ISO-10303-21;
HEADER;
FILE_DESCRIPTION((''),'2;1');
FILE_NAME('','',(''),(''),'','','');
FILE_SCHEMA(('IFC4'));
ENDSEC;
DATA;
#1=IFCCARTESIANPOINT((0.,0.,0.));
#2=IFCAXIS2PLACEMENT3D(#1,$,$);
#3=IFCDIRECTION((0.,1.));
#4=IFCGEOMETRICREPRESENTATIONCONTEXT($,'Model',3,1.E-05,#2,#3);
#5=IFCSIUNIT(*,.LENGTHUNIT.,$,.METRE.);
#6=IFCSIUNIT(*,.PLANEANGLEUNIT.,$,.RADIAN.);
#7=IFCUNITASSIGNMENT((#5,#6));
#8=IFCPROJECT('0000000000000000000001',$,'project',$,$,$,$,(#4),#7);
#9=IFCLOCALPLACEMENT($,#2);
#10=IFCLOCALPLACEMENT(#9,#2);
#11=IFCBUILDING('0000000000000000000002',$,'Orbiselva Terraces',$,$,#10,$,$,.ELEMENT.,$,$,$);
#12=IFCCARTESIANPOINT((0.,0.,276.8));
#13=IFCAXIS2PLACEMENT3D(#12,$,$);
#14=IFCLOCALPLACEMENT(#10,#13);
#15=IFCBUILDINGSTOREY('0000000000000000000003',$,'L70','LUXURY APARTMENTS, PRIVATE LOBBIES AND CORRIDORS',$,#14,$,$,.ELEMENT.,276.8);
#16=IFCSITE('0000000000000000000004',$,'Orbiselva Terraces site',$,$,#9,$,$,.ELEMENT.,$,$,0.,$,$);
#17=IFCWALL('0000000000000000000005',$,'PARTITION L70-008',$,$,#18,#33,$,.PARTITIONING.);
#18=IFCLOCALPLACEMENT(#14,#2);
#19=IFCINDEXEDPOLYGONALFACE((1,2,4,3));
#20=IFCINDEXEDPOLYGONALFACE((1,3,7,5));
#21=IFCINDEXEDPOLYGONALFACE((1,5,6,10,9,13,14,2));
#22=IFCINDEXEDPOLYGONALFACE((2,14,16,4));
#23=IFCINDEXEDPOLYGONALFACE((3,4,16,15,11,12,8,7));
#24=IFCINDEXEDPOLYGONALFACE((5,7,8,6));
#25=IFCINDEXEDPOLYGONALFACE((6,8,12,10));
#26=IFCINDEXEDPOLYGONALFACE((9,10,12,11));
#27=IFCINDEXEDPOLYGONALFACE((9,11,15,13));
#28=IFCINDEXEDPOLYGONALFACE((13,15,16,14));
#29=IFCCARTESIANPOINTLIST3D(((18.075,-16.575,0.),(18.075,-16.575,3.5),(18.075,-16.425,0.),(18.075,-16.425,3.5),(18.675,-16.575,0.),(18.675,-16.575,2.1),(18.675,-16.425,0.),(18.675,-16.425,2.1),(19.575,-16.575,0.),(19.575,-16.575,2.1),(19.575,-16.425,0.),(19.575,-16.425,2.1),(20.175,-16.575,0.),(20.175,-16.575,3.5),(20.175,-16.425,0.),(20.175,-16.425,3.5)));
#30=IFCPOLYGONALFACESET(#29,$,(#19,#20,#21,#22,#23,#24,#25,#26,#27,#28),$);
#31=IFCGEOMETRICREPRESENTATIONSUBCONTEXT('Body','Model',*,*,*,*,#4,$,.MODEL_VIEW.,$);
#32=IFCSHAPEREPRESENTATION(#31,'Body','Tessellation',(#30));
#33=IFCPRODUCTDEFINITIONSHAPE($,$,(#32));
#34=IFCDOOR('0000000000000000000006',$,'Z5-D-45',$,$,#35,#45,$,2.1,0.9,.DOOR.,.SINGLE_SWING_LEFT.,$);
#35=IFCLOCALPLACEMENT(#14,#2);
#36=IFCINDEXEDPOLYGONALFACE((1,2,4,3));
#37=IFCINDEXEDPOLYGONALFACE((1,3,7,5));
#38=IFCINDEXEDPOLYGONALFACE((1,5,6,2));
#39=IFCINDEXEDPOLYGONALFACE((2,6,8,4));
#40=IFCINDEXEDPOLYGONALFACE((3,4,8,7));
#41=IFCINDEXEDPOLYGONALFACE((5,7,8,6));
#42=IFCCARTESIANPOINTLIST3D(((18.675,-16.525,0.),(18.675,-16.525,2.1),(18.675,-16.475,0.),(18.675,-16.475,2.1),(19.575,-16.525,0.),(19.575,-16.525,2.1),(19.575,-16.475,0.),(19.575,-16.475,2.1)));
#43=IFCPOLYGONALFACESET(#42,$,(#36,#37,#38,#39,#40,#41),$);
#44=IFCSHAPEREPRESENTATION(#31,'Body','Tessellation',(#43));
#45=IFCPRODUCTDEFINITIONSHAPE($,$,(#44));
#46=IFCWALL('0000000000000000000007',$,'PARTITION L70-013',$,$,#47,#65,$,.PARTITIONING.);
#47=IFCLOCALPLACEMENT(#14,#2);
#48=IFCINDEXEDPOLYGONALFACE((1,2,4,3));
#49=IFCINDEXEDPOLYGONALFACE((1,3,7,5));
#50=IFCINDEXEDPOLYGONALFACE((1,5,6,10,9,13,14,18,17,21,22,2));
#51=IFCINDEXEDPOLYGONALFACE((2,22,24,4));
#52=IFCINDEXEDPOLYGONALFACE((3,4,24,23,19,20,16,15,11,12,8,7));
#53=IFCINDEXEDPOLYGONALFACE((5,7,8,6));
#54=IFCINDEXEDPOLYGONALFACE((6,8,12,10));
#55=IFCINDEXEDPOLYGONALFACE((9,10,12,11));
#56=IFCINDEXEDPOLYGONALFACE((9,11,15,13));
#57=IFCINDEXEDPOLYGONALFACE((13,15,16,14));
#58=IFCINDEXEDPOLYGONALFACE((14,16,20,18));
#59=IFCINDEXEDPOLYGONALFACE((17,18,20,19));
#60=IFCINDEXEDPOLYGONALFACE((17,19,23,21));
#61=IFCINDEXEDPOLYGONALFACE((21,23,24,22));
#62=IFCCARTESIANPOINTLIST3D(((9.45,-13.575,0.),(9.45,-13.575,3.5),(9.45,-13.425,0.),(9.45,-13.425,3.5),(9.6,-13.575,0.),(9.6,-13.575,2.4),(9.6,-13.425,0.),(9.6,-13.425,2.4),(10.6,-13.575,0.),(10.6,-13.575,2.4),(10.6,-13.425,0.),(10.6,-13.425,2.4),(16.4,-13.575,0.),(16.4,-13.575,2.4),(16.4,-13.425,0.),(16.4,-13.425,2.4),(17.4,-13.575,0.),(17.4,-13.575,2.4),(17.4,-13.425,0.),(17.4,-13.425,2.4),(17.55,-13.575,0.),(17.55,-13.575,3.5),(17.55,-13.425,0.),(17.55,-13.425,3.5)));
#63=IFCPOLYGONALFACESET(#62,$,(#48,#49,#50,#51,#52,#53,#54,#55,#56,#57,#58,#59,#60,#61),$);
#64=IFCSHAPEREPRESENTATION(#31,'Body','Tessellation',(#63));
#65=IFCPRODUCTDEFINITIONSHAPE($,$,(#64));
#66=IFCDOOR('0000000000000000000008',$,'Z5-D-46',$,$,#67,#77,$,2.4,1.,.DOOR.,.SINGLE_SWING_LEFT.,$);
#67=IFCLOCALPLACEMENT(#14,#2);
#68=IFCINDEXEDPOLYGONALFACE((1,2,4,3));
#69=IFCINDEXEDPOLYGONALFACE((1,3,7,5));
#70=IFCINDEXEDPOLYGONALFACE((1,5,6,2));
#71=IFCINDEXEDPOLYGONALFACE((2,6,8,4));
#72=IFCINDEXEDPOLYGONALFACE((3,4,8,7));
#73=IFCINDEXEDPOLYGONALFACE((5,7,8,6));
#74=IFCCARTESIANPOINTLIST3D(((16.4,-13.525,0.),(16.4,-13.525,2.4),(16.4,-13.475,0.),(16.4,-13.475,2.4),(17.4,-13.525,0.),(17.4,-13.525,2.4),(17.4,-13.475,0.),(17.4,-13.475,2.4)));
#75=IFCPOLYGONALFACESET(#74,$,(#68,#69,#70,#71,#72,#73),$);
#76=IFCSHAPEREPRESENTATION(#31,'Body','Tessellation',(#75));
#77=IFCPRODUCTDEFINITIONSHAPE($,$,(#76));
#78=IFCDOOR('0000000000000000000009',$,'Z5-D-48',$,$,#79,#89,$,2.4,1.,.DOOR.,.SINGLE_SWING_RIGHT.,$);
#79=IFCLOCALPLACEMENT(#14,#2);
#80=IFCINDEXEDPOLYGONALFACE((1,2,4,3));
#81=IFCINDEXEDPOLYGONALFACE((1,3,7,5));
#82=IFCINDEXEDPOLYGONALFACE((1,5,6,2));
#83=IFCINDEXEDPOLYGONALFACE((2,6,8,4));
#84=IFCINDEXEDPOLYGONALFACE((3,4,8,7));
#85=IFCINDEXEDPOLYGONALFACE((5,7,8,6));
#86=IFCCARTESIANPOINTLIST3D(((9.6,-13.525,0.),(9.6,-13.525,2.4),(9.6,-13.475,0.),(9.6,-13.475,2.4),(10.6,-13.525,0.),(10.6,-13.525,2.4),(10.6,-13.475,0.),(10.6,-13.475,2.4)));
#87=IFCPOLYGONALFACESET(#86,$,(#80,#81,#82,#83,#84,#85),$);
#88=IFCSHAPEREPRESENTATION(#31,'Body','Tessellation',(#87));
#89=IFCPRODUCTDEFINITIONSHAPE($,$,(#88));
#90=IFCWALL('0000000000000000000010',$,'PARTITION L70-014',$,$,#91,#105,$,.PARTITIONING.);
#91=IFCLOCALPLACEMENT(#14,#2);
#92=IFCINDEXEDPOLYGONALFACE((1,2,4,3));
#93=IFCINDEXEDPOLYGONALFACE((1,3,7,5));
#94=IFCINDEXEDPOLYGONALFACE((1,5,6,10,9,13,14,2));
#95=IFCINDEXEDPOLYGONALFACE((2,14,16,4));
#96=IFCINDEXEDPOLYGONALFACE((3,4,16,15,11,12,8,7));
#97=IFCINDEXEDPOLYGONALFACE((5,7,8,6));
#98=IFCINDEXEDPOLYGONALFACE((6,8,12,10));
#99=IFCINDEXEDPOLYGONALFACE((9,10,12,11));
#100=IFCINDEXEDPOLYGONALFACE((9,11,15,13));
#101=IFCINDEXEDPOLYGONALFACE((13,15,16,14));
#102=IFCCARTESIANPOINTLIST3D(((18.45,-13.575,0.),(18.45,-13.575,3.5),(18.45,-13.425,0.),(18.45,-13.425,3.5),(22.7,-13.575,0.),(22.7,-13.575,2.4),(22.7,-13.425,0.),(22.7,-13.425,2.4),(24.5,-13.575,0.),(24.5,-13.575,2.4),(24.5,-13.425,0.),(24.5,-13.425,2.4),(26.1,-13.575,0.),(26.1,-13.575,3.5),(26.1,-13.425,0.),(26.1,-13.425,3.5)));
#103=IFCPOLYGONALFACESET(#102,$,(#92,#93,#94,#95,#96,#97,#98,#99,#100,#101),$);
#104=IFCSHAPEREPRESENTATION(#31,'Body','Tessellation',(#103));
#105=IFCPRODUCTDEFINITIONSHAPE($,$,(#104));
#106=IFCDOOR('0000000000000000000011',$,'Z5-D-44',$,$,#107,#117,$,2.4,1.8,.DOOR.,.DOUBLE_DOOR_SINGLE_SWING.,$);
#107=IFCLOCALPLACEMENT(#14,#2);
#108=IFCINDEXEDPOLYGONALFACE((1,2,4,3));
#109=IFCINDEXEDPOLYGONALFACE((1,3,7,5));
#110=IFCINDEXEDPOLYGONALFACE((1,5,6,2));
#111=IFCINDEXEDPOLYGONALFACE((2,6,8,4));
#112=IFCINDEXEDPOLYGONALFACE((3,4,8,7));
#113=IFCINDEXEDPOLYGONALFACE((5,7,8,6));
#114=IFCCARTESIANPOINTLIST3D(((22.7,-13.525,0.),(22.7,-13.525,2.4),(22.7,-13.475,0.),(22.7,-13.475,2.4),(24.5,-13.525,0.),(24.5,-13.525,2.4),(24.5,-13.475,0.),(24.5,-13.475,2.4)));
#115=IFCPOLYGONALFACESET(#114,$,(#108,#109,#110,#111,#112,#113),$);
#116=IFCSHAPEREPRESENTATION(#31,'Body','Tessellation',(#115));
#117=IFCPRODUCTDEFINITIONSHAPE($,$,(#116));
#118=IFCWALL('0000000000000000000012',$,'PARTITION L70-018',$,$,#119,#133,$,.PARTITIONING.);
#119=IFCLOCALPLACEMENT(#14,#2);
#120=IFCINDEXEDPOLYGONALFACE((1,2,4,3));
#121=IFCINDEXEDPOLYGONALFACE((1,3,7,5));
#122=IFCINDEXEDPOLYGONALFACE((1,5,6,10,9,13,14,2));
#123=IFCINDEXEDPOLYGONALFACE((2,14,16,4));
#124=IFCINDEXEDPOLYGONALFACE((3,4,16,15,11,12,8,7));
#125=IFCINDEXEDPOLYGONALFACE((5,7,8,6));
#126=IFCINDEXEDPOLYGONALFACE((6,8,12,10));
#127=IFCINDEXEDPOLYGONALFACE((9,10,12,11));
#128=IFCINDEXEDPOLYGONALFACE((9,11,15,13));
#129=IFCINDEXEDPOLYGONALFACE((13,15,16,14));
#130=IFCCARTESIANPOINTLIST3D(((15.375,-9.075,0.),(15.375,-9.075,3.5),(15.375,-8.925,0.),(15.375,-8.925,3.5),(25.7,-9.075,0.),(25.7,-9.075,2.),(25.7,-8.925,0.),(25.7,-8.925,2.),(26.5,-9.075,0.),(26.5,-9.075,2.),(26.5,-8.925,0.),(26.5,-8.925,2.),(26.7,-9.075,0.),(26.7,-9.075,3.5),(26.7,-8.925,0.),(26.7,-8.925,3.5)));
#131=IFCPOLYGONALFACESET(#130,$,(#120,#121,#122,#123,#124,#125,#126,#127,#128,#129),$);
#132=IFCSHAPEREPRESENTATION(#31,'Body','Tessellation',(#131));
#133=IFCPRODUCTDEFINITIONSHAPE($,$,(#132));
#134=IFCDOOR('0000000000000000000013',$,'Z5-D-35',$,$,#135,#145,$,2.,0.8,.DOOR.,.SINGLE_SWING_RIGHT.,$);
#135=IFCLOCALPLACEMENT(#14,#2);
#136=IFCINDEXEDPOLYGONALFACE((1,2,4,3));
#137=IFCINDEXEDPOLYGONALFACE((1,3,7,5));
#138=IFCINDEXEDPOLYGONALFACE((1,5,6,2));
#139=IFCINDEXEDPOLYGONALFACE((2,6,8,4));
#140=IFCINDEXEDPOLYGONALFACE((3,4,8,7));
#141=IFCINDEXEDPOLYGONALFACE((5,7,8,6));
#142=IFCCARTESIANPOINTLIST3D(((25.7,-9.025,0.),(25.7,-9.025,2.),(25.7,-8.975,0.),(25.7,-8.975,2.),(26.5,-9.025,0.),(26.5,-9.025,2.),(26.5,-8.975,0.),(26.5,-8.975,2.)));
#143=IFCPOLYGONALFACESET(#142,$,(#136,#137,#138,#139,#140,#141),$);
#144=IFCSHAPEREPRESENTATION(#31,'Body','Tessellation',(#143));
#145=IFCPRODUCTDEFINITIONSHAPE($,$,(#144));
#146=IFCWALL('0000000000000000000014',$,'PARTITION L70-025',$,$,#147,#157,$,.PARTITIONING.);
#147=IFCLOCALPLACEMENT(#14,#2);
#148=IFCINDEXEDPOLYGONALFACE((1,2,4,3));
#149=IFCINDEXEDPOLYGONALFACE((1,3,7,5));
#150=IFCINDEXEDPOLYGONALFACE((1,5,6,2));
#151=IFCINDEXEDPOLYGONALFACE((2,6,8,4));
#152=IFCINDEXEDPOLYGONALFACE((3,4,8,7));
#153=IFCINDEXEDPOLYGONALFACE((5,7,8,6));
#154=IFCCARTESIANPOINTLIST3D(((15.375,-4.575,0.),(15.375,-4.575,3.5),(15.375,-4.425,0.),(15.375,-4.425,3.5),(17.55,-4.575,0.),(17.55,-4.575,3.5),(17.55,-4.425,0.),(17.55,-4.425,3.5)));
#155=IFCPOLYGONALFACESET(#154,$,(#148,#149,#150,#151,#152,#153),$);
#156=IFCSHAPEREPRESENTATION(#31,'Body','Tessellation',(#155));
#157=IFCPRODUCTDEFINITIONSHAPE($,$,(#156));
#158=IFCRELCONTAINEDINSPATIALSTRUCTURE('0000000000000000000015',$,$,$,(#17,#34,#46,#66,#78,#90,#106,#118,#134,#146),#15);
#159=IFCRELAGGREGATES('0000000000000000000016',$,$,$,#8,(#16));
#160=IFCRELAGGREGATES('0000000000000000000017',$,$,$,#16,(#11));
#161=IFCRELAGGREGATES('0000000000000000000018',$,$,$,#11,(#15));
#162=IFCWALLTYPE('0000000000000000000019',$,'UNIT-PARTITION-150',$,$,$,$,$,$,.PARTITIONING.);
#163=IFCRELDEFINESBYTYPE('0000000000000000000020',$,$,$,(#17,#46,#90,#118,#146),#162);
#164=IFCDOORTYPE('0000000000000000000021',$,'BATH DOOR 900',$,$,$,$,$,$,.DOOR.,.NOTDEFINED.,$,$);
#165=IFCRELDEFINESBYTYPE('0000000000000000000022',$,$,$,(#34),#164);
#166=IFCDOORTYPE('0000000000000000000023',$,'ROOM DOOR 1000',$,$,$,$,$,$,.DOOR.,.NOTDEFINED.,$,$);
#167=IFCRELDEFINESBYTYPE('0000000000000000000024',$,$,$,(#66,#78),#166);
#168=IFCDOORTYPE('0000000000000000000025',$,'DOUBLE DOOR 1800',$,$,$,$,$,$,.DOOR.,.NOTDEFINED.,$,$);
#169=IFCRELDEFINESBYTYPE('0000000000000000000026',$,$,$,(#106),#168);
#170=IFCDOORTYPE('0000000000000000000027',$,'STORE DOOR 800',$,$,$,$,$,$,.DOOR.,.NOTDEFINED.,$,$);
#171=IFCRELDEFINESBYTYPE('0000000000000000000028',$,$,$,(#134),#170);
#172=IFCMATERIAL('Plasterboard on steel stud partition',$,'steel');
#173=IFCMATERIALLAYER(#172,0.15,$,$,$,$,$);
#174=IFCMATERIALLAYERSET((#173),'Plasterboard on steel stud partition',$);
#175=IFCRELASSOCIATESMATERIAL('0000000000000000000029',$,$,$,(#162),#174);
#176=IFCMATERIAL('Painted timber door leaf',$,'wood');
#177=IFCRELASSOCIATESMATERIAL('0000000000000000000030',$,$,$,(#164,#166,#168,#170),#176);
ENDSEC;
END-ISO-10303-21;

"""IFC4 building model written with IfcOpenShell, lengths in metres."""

from ifc_helpers import new_model, si_unit, direction, frame, frame_2d, origin, place, context, subcontext, project, spatial, rectangle, extrude, material, layer, layer_set, type_object, element, fill, save


model = new_model("IFC4")

# Units and contexts
model_context = context("Model", 3, precision=1e-05, world=origin(), true_north=direction((0.0, 1.0)))
body_context = subcontext(model_context, "Body", "Model", "MODEL_VIEW")
ifc_project = project(units=[si_unit("LENGTHUNIT", "METRE"), si_unit("PLANEANGLEUNIT", "RADIAN")], contexts=[model_context])

# Site, building, storey
site_placement = place(None, origin())
site = spatial("IfcSite", under=ifc_project, at=site_placement, Name="Orbiselva Terraces site", CompositionType="ELEMENT", RefElevation=0.0)
building_placement = place(site_placement, origin())
building = spatial("IfcBuilding", under=site, at=building_placement, Name="Orbiselva Terraces", CompositionType="ELEMENT")
storey_placement = place(building_placement, frame((0.0, 0.0, 276.8)))
storey = spatial("IfcBuildingStorey", under=building, at=storey_placement, Name="L70", Description="LUXURY APARTMENTS, PRIVATE LOBBIES AND CORRIDORS", CompositionType="ELEMENT", Elevation=276.8)

# Shared definitions
ifc_material_1 = material(Name="Plasterboard on steel stud partition", Category="steel")

# Wall, opening, door
ifc_layer_1 = layer(ifc_material_1, 0.15)
ifc_layer_set_1 = layer_set([ifc_layer_1], Name="Plasterboard on steel stud partition")
wall_type_1 = type_object("IfcWallType", Name="UNIT-PARTITION-150", PredefinedType="PARTITIONING", material=ifc_layer_set_1)
wall_1_placement = place(storey_placement, frame((18.075, -16.5, 0.0), z_axis=(0.0, 0.0, 1.0), x_axis=(1.0, 0.0, 0.0)))
wall_1 = element("IfcWall", 1, at=wall_1_placement, inside=storey, type_object=wall_type_1, Name="PARTITION L70-008", PredefinedType="PARTITIONING", context=body_context, shape_type="SweptSolid", body=[
    extrude(rectangle(XDim=2.1, YDim=0.15, at=frame_2d((1.05, 0.0))), origin(), (0.0, 0.0, 1.0), 3.5),
])
opening_1_placement = place(wall_1_placement, frame((0.6, 0.0, 0.0)))
opening_1 = element("IfcOpeningElement", 2, at=opening_1_placement, cuts=wall_1, PredefinedType="OPENING", context=body_context, shape_type="SweptSolid", body=[
    extrude(rectangle(XDim=0.9, YDim=2.1, at=frame_2d((0.45, 1.05))), frame((0.0, 0.085, 0.0), z_axis=(0.0, -1.0, 0.0), x_axis=(1.0, 0.0, 0.0)), (0.0, 0.0, 1.0), 0.17),
])
ifc_material_2 = material(Name="Painted timber door leaf", Category="wood")
door_type_1 = type_object("IfcDoorType", Name="BATH DOOR 900", OperationType="NOTDEFINED", PredefinedType="DOOR", material=ifc_material_2)
door_1_placement = place(opening_1_placement, origin())
door_1 = element("IfcDoor", 3, at=door_1_placement, inside=storey, type_object=door_type_1, Name="Z5-D-45", OperationType="SINGLE_SWING_LEFT", OverallHeight=2.1, OverallWidth=0.9, PredefinedType="DOOR", context=body_context, shape_type="SweptSolid", body=[
    extrude(rectangle(XDim=0.9, YDim=2.1, at=frame_2d((0.45, 1.05))), frame((0.0, 0.025, 0.0), z_axis=(0.0, -1.0, 0.0), x_axis=(1.0, 0.0, 0.0)), (0.0, 0.0, 1.0), 0.05),
])
fill(opening_1, door_1)

# Wall, openings, doors
wall_2_placement = place(storey_placement, frame((17.55, -13.5, 0.0), z_axis=(0.0, 0.0, 1.0), x_axis=(-1.0, 0.0, 0.0)))
wall_2 = element("IfcWall", 4, at=wall_2_placement, inside=storey, type_object=wall_type_1, Name="PARTITION L70-013", PredefinedType="PARTITIONING", context=body_context, shape_type="SweptSolid", body=[
    extrude(rectangle(XDim=8.1, YDim=0.15, at=frame_2d((4.05, 0.0))), origin(), (0.0, 0.0, 1.0), 3.5),
])
opening_2_placement = place(wall_2_placement, frame((0.15, 0.0, 0.0)))
opening_2 = element("IfcOpeningElement", 5, at=opening_2_placement, cuts=wall_2, PredefinedType="OPENING", context=body_context, shape_type="SweptSolid", body=[
    extrude(rectangle(XDim=1.0, YDim=2.4, at=frame_2d((0.5, 1.2))), frame((0.0, 0.085, 0.0), z_axis=(0.0, -1.0, 0.0), x_axis=(1.0, 0.0, 0.0)), (0.0, 0.0, 1.0), 0.17),
])
opening_3_placement = place(wall_2_placement, frame((6.95, 0.0, 0.0)))
opening_3 = element("IfcOpeningElement", 6, at=opening_3_placement, cuts=wall_2, PredefinedType="OPENING", context=body_context, shape_type="SweptSolid", body=[
    extrude(rectangle(XDim=1.0, YDim=2.4, at=frame_2d((0.5, 1.2))), frame((0.0, 0.085, 0.0), z_axis=(0.0, -1.0, 0.0), x_axis=(1.0, 0.0, 0.0)), (0.0, 0.0, 1.0), 0.17),
])
door_type_2 = type_object("IfcDoorType", Name="ROOM DOOR 1000", OperationType="NOTDEFINED", PredefinedType="DOOR", material=ifc_material_2)
door_2_placement = place(opening_2_placement, origin())
door_2 = element("IfcDoor", 7, at=door_2_placement, inside=storey, type_object=door_type_2, Name="Z5-D-46", OperationType="SINGLE_SWING_LEFT", OverallHeight=2.4, OverallWidth=1.0, PredefinedType="DOOR", context=body_context, shape_type="SweptSolid", body=[
    extrude(rectangle(XDim=1.0, YDim=2.4, at=frame_2d((0.5, 1.2))), frame((0.0, 0.025, 0.0), z_axis=(0.0, -1.0, 0.0), x_axis=(1.0, 0.0, 0.0)), (0.0, 0.0, 1.0), 0.05),
])
fill(opening_2, door_2)
door_3_placement = place(opening_3_placement, origin())
door_3 = element("IfcDoor", 8, at=door_3_placement, inside=storey, type_object=door_type_2, Name="Z5-D-48", OperationType="SINGLE_SWING_RIGHT", OverallHeight=2.4, OverallWidth=1.0, PredefinedType="DOOR", context=body_context, shape_type="SweptSolid", body=[
    extrude(rectangle(XDim=1.0, YDim=2.4, at=frame_2d((0.5, 1.2))), frame((0.0, 0.025, 0.0), z_axis=(0.0, -1.0, 0.0), x_axis=(1.0, 0.0, 0.0)), (0.0, 0.0, 1.0), 0.05),
])
fill(opening_3, door_3)

# Walls, openings, doors
wall_3_placement = place(storey_placement, frame((26.1, -13.5, 0.0), z_axis=(0.0, 0.0, 1.0), x_axis=(-1.0, 0.0, 0.0)))
wall_3 = element("IfcWall", 9, at=wall_3_placement, inside=storey, type_object=wall_type_1, Name="PARTITION L70-014", PredefinedType="PARTITIONING", context=body_context, shape_type="SweptSolid", body=[
    extrude(rectangle(XDim=7.65, YDim=0.15, at=frame_2d((3.825, 0.0))), origin(), (0.0, 0.0, 1.0), 3.5),
])
opening_4_placement = place(wall_3_placement, frame((1.6, 0.0, 0.0)))
opening_4 = element("IfcOpeningElement", 10, at=opening_4_placement, cuts=wall_3, PredefinedType="OPENING", context=body_context, shape_type="SweptSolid", body=[
    extrude(rectangle(XDim=1.8, YDim=2.4, at=frame_2d((0.9, 1.2))), frame((0.0, 0.085, 0.0), z_axis=(0.0, -1.0, 0.0), x_axis=(1.0, 0.0, 0.0)), (0.0, 0.0, 1.0), 0.17),
])
door_type_3 = type_object("IfcDoorType", Name="DOUBLE DOOR 1800", OperationType="NOTDEFINED", PredefinedType="DOOR", material=ifc_material_2)
door_4_placement = place(opening_4_placement, origin())
door_4 = element("IfcDoor", 11, at=door_4_placement, inside=storey, type_object=door_type_3, Name="Z5-D-44", OperationType="DOUBLE_DOOR_SINGLE_SWING", OverallHeight=2.4, OverallWidth=1.8, PredefinedType="DOOR", context=body_context, shape_type="SweptSolid", body=[
    extrude(rectangle(XDim=1.8, YDim=2.4, at=frame_2d((0.9, 1.2))), frame((0.0, 0.025, 0.0), z_axis=(0.0, -1.0, 0.0), x_axis=(1.0, 0.0, 0.0)), (0.0, 0.0, 1.0), 0.05),
])
fill(opening_4, door_4)
wall_4_placement = place(storey_placement, frame((15.375, -9.0, 0.0), z_axis=(0.0, 0.0, 1.0), x_axis=(1.0, 0.0, 0.0)))
wall_4 = element("IfcWall", 12, at=wall_4_placement, inside=storey, type_object=wall_type_1, Name="PARTITION L70-018", PredefinedType="PARTITIONING", context=body_context, shape_type="SweptSolid", body=[
    extrude(rectangle(XDim=11.325, YDim=0.15, at=frame_2d((5.6625, 0.0))), origin(), (0.0, 0.0, 1.0), 3.5),
])
opening_5_placement = place(wall_4_placement, frame((10.325, 0.0, 0.0)))
opening_5 = element("IfcOpeningElement", 13, at=opening_5_placement, cuts=wall_4, PredefinedType="OPENING", context=body_context, shape_type="SweptSolid", body=[
    extrude(rectangle(XDim=0.8, YDim=2.0, at=frame_2d((0.4, 1.0))), frame((0.0, 0.085, 0.0), z_axis=(0.0, -1.0, 0.0), x_axis=(1.0, 0.0, 0.0)), (0.0, 0.0, 1.0), 0.17),
])
door_type_4 = type_object("IfcDoorType", Name="STORE DOOR 800", OperationType="NOTDEFINED", PredefinedType="DOOR", material=ifc_material_2)
door_5_placement = place(opening_5_placement, origin())
door_5 = element("IfcDoor", 14, at=door_5_placement, inside=storey, type_object=door_type_4, Name="Z5-D-35", OperationType="SINGLE_SWING_RIGHT", OverallHeight=2.0, OverallWidth=0.8, PredefinedType="DOOR", context=body_context, shape_type="SweptSolid", body=[
    extrude(rectangle(XDim=0.8, YDim=2.0, at=frame_2d((0.4, 1.0))), frame((0.0, 0.025, 0.0), z_axis=(0.0, -1.0, 0.0), x_axis=(1.0, 0.0, 0.0)), (0.0, 0.0, 1.0), 0.05),
])
fill(opening_5, door_5)

# Wall
wall_5_placement = place(storey_placement, frame((15.375, -4.5, 0.0), z_axis=(0.0, 0.0, 1.0), x_axis=(1.0, 0.0, 0.0)))
element("IfcWall", 15, at=wall_5_placement, inside=storey, type_object=wall_type_1, Name="PARTITION L70-025", PredefinedType="PARTITIONING", context=body_context, shape_type="SweptSolid", body=[
    extrude(rectangle(XDim=2.175, YDim=0.15, at=frame_2d((1.0875, 0.0))), origin(), (0.0, 0.0, 1.0), 3.5),
])

save(model, "model.ifc")
